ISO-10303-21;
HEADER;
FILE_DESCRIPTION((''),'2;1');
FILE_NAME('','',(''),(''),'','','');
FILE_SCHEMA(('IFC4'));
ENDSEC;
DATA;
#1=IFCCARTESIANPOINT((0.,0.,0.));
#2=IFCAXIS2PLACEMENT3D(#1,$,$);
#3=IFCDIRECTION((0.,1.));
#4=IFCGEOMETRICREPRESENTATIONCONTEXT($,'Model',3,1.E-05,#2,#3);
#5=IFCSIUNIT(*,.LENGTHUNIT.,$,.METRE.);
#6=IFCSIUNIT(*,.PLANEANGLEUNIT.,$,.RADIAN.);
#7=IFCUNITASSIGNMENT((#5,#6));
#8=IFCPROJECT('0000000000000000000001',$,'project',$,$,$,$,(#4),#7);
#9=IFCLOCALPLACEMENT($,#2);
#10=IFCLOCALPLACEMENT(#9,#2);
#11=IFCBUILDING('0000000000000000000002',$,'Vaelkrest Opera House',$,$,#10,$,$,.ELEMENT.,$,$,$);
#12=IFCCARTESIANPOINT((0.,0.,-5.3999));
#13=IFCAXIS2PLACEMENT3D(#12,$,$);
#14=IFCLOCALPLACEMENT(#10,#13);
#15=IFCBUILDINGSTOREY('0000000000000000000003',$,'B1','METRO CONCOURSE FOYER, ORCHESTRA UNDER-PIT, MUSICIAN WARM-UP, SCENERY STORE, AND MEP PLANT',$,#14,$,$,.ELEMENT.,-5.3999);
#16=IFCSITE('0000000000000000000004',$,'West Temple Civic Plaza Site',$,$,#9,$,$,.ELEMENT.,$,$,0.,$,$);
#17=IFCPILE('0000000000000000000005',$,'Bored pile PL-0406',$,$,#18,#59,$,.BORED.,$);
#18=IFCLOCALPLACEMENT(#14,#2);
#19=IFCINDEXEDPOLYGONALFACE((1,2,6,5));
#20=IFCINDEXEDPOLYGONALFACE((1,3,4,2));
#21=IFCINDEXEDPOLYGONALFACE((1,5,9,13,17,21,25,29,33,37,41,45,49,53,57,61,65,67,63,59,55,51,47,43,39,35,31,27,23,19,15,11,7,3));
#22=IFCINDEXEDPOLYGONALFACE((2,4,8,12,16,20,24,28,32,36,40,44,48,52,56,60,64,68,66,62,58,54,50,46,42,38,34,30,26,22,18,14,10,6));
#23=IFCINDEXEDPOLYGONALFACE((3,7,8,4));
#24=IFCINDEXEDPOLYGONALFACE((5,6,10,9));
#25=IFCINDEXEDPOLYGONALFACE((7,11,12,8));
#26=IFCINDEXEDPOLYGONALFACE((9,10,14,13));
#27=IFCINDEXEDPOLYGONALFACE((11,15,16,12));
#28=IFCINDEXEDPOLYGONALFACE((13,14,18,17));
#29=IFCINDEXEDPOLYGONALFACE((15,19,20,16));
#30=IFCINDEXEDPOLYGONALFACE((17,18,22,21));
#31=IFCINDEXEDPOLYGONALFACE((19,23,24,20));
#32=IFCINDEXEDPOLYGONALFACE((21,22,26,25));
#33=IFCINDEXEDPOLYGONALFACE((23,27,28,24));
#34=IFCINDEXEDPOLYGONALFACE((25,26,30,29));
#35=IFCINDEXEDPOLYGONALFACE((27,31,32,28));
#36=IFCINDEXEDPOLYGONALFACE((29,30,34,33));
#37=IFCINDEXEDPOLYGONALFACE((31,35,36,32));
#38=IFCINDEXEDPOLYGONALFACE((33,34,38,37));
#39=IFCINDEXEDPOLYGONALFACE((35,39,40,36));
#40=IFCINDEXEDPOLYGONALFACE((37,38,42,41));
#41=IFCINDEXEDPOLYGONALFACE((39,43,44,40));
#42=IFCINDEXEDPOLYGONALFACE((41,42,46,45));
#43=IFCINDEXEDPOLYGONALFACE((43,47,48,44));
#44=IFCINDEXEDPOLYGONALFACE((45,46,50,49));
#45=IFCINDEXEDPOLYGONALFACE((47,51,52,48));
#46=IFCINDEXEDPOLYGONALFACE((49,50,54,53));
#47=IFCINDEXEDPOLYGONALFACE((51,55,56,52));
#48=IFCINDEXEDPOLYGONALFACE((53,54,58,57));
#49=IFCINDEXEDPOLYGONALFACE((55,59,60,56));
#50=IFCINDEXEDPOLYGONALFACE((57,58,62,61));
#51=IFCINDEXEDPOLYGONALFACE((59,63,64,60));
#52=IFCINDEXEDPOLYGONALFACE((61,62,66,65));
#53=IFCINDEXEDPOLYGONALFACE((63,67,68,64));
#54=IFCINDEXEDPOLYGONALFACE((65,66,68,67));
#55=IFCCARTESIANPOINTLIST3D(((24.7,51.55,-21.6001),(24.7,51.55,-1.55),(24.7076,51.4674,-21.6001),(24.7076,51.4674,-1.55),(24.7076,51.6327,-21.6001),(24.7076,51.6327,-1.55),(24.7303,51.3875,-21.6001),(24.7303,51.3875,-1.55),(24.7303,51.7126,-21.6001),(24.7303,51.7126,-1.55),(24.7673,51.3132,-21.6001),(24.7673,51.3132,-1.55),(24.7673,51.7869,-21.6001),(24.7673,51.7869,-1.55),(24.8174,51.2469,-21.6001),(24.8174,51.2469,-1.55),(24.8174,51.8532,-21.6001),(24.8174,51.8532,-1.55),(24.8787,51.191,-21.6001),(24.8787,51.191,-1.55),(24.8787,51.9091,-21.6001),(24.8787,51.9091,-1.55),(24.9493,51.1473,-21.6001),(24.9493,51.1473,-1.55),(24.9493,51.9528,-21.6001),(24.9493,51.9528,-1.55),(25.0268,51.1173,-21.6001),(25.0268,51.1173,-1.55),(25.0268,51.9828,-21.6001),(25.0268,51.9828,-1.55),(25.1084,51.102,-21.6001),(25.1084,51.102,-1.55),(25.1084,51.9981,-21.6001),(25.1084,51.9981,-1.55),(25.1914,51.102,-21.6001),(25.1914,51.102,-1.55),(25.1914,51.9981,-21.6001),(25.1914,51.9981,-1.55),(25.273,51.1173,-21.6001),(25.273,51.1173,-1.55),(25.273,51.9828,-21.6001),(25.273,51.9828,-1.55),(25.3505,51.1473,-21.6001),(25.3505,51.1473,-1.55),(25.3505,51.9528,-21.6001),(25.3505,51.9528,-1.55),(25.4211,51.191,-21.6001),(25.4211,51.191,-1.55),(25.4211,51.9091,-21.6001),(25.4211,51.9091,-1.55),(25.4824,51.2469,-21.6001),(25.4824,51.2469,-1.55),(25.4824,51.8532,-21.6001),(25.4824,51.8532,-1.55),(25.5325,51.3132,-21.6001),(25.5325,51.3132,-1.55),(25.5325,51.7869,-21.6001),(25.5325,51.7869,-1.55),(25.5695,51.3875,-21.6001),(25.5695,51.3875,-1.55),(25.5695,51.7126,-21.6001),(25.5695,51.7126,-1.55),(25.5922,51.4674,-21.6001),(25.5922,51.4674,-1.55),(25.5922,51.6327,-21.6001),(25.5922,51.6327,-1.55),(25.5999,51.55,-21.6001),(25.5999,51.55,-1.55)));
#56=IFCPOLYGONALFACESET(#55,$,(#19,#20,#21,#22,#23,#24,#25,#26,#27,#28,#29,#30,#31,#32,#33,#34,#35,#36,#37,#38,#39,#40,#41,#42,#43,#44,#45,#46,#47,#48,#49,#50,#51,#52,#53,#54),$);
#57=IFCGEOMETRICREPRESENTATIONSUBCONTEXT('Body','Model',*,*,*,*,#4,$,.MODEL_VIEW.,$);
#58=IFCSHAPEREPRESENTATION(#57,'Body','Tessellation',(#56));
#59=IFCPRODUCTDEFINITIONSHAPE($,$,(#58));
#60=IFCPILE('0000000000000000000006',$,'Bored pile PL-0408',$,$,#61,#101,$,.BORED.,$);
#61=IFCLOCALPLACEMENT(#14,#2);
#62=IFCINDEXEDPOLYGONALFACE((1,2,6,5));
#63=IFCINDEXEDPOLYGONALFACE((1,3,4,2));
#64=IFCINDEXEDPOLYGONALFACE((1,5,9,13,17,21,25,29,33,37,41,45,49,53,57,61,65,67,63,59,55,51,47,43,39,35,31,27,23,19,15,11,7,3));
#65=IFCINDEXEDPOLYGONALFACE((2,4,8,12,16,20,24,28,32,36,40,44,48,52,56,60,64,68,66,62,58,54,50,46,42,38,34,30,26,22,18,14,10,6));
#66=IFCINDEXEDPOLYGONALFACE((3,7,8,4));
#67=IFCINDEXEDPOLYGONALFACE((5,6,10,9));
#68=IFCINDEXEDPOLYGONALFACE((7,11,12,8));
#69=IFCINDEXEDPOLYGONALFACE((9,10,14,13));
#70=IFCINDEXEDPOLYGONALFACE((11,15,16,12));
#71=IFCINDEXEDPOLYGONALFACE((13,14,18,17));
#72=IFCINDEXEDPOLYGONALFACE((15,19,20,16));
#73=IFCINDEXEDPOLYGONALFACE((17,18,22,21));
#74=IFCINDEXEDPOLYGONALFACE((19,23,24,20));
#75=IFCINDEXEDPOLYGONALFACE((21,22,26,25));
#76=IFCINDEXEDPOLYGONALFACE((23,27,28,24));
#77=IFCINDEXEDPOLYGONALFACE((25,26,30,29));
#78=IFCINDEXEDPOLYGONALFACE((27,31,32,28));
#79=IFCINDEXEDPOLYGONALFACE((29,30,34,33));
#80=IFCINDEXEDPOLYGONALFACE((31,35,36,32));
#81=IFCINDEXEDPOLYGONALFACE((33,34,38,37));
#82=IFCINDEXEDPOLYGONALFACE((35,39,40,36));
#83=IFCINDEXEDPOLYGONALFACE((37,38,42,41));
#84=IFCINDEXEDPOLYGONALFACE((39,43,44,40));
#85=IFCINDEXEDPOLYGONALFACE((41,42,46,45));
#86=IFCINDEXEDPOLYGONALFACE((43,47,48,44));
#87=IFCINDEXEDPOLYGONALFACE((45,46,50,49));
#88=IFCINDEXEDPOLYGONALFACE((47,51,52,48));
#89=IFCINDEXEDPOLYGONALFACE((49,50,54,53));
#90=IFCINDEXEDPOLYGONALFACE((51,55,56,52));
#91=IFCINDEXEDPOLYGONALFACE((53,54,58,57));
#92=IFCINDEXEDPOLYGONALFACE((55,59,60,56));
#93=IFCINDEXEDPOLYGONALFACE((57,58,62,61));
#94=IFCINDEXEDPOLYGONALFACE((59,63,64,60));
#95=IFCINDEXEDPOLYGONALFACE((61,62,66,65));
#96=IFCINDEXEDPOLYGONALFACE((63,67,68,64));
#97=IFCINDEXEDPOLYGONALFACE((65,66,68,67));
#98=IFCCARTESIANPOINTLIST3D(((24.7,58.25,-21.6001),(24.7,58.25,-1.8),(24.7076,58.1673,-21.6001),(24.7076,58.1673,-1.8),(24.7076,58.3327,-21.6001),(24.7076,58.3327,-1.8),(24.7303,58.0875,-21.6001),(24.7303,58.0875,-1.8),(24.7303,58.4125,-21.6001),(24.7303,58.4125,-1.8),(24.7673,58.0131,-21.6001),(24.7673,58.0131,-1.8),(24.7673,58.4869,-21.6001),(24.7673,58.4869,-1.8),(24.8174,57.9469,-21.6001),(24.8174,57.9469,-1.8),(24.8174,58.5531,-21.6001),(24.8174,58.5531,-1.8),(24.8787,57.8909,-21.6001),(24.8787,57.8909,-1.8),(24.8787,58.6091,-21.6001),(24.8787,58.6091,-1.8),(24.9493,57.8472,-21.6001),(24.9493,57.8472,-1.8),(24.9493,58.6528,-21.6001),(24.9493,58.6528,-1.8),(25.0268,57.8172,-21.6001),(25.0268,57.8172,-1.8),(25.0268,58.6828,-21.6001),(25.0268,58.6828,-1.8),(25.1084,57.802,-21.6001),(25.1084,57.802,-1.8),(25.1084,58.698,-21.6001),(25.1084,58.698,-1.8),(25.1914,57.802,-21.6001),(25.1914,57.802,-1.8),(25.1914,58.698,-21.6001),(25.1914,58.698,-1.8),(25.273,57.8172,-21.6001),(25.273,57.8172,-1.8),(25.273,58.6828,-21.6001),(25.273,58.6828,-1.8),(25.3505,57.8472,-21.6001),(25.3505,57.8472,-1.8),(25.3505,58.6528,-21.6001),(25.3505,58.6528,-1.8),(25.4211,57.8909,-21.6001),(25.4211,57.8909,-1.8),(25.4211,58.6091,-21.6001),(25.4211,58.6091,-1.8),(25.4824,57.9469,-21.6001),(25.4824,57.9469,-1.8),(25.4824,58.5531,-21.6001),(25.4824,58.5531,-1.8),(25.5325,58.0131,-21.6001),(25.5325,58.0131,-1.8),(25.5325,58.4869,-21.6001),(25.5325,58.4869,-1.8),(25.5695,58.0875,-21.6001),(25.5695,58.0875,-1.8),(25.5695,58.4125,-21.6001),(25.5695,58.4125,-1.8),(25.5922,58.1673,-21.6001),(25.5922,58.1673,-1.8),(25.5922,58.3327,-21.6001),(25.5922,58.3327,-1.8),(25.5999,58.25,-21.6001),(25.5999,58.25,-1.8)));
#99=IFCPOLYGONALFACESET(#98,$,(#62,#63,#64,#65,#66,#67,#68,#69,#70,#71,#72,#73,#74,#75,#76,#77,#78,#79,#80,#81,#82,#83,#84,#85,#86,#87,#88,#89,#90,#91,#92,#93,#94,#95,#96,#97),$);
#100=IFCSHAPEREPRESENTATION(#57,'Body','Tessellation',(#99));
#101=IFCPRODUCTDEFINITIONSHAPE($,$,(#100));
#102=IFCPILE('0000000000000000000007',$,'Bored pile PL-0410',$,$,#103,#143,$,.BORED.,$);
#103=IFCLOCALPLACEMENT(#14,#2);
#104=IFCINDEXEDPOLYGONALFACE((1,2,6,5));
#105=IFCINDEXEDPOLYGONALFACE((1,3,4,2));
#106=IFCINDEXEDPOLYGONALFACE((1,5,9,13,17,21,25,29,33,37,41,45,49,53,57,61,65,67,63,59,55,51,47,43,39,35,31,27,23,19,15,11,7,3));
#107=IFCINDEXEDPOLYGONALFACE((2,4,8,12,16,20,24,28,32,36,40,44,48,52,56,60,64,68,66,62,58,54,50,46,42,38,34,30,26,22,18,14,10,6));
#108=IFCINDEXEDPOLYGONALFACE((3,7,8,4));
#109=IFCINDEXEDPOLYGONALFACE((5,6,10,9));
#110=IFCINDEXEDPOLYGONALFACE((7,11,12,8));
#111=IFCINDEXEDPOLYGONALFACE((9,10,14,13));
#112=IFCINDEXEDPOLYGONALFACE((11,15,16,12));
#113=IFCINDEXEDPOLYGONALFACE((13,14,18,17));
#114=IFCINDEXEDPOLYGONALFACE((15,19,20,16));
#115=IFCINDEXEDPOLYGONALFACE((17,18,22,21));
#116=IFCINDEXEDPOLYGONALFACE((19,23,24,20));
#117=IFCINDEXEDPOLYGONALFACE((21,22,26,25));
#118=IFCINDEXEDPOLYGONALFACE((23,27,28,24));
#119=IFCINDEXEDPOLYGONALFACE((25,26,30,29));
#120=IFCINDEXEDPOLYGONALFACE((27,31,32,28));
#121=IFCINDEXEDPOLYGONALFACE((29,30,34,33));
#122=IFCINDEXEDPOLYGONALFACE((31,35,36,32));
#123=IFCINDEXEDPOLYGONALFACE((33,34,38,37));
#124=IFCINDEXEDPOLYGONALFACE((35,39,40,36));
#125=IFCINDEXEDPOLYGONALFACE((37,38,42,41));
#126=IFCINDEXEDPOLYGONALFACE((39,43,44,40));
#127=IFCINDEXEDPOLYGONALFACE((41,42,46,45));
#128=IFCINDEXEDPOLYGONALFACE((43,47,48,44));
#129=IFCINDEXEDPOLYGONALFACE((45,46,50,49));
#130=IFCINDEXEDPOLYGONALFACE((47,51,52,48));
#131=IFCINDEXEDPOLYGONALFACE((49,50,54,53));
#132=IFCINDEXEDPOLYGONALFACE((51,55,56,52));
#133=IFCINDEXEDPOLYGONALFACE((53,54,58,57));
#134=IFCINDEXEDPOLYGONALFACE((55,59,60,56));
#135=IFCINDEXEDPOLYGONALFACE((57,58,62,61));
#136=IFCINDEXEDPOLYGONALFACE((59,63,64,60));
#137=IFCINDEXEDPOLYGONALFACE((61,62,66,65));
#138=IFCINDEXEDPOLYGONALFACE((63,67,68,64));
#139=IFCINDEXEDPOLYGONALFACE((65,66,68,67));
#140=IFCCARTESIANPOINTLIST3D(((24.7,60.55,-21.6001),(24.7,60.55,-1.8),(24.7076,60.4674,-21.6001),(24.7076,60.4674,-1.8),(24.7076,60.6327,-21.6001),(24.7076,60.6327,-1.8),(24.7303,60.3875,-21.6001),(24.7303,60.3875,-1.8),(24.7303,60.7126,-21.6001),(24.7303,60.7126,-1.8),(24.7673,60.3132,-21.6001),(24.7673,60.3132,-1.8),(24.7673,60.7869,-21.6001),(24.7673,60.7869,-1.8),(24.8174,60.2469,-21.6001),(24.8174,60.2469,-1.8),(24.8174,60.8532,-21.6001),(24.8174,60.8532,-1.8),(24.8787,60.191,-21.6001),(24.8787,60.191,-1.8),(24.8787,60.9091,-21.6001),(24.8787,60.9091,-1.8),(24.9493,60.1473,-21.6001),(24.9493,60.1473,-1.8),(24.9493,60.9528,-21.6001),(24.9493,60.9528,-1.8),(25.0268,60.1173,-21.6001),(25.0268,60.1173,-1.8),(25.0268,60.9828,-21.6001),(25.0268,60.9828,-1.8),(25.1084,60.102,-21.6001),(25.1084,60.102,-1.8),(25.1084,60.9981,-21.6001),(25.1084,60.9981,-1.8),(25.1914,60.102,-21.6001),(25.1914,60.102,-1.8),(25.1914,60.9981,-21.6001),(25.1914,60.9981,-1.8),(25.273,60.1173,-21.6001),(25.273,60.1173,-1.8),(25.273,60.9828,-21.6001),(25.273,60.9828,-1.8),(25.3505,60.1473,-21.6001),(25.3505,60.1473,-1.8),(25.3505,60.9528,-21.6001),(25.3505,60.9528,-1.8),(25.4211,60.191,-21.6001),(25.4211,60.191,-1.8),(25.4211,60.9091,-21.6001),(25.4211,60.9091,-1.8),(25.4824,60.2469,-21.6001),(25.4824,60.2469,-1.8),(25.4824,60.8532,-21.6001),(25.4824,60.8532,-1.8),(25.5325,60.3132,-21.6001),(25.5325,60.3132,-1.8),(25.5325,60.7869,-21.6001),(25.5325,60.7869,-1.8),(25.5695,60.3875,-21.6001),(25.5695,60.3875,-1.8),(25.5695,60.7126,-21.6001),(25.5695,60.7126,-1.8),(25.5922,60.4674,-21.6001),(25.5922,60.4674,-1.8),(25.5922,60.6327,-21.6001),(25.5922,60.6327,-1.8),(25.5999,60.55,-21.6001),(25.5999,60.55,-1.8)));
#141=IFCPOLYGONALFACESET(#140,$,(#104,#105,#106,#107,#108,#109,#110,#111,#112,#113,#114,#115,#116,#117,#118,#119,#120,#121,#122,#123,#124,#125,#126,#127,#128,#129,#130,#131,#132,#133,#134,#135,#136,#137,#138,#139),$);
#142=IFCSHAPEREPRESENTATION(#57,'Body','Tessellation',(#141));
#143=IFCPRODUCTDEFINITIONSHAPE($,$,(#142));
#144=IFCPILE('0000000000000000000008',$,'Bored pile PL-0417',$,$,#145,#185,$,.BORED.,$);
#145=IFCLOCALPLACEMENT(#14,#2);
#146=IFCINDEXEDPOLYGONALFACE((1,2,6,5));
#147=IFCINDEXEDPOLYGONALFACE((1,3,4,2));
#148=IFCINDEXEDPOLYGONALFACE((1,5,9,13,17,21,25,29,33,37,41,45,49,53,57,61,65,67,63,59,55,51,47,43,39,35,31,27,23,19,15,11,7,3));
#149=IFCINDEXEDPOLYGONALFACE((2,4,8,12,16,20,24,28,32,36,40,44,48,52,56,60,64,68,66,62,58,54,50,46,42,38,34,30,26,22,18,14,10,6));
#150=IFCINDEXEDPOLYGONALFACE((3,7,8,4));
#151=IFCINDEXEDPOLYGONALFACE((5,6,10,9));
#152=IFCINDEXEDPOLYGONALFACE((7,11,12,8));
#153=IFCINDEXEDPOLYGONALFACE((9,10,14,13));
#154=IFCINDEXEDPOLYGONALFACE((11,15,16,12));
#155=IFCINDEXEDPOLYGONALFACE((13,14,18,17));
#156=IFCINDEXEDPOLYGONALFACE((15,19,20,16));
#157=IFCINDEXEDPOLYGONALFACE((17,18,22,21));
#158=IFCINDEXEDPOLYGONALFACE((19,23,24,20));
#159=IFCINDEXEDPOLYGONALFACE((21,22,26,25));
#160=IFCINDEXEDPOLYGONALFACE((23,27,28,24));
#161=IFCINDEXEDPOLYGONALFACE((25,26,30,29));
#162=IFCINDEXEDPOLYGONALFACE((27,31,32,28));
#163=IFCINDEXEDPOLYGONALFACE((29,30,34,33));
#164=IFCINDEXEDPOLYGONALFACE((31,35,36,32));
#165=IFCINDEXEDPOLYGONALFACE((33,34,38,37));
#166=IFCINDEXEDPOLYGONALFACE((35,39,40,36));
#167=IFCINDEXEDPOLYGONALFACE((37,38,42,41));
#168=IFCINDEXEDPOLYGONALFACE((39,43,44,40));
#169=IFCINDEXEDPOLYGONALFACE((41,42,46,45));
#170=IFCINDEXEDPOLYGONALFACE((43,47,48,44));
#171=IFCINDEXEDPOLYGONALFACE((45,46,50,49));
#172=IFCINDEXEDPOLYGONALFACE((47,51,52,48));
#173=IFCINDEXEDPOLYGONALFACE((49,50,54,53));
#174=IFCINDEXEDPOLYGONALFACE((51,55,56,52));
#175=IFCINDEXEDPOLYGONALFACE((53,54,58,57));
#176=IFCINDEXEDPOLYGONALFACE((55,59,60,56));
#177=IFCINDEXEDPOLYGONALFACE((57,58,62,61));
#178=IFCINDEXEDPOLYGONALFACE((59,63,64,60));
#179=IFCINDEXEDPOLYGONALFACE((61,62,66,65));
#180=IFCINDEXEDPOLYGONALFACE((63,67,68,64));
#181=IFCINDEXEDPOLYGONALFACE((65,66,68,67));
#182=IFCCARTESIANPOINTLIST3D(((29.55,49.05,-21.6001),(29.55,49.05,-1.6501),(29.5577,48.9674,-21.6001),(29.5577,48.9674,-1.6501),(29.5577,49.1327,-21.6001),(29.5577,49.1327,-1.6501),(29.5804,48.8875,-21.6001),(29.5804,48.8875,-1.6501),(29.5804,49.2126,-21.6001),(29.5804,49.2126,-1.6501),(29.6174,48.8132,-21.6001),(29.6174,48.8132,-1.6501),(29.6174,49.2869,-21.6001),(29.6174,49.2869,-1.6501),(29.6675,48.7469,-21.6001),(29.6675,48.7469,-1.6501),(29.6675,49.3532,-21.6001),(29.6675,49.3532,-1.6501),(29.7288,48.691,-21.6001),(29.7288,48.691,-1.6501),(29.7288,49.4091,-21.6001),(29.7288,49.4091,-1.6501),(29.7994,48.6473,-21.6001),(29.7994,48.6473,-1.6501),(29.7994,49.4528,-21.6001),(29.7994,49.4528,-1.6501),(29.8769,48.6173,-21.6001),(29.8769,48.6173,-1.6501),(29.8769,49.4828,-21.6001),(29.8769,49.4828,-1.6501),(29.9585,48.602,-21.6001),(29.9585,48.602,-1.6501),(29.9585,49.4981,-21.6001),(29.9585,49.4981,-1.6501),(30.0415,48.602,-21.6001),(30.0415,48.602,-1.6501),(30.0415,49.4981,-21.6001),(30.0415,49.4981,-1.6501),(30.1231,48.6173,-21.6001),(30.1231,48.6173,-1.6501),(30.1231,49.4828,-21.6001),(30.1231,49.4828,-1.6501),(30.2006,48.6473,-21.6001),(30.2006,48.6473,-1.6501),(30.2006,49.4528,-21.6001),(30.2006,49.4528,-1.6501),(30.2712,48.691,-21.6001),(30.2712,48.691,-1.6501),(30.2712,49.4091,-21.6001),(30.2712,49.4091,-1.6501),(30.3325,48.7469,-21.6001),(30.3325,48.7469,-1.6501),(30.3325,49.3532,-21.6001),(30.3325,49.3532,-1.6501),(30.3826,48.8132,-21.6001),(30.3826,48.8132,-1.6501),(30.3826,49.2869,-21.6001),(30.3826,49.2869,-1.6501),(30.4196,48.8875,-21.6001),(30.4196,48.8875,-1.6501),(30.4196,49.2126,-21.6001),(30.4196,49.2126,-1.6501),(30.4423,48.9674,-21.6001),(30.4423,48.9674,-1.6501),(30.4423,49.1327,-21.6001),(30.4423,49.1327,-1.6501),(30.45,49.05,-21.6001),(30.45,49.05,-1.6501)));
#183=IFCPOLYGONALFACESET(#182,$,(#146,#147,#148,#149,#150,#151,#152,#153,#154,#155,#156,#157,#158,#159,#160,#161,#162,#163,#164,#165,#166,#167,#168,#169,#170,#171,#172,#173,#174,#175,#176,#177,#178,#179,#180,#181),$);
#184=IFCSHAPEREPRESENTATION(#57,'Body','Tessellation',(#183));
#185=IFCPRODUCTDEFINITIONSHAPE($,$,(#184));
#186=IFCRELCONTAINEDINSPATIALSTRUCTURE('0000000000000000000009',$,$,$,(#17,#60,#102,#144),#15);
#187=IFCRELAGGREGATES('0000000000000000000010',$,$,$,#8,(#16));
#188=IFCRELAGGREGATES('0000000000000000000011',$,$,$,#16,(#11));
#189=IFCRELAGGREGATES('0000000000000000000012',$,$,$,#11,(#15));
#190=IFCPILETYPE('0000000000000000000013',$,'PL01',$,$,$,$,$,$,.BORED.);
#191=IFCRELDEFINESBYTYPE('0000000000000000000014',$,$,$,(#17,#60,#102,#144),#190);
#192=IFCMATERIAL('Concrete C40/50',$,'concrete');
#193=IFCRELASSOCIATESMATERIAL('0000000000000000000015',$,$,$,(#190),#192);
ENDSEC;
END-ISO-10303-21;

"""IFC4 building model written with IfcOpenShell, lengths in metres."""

from ifc_helpers import new_model, si_unit, direction, frame, origin, origin_2d, place, context, subcontext, project, spatial, circle, extrude, material, material_profile, profile_set, type_object, element, save


model = new_model("IFC4")

# Units and contexts
model_context = context("Model", 3, precision=1e-05, world=origin(), true_north=direction((0.0, 1.0)))
body_context = subcontext(model_context, "Body", "Model", "MODEL_VIEW")
ifc_project = project(units=[si_unit("LENGTHUNIT", "METRE"), si_unit("PLANEANGLEUNIT", "RADIAN")], contexts=[model_context])

# Site, building, storey
site_placement = place(None, origin())
site = spatial("IfcSite", under=ifc_project, at=site_placement, Name="West Temple Civic Plaza Site", CompositionType="ELEMENT", RefElevation=0.0)
building_placement = place(site_placement, origin())
building = spatial("IfcBuilding", under=site, at=building_placement, Name="Vaelkrest Opera House", CompositionType="ELEMENT")
storey_placement = place(building_placement, frame((0.0, 0.0, -5.3999)))
storey = spatial("IfcBuildingStorey", under=building, at=storey_placement, Name="B1", Description="METRO CONCOURSE FOYER, ORCHESTRA UNDER-PIT, MUSICIAN WARM-UP, SCENERY STORE, AND MEP PLANT", CompositionType="ELEMENT", Elevation=-5.3999)

# Shared definitions
ifc_material_1 = material(Name="Concrete C40/50", Category="concrete")

# Piles
ifc_material_profile_1 = material_profile(ifc_material_1, circle(Radius=0.45, at=origin_2d()), Name="PILE900")
ifc_profile_set_1 = profile_set([ifc_material_profile_1], Name="Concrete C40/50")
pile_type = type_object("IfcPileType", Name="PL01", PredefinedType="BORED", material=ifc_profile_set_1)
for number, where, z_axis, x_axis, name in (
    (1, (25.1499, 51.55, -1.55), (0.0, 0.0, -1.0), (1.0, 0.0, 0.0), "Bored pile PL-0406"),
):
    element("IfcPile", number, at=place(storey_placement, frame(where, z_axis=z_axis, x_axis=x_axis)), inside=storey, type_object=pile_type, Name=name, PredefinedType="BORED", context=body_context, shape_type="SweptSolid", body=[
        extrude(circle(Radius=0.45, at=origin_2d()), origin(), (0.0, 0.0, 1.0), 20.05),
    ])
for number, where, z_axis, x_axis, name in (
    (2, (25.1499, 58.25, -1.8), (0.0, 0.0, -1.0), (1.0, 0.0, 0.0), "Bored pile PL-0408"),
    (3, (25.1499, 60.55, -1.8), (0.0, 0.0, -1.0), (1.0, 0.0, 0.0), "Bored pile PL-0410"),
):
    element("IfcPile", number, at=place(storey_placement, frame(where, z_axis=z_axis, x_axis=x_axis)), inside=storey, type_object=pile_type, Name=name, PredefinedType="BORED", context=body_context, shape_type="SweptSolid", body=[
        extrude(circle(Radius=0.45, at=origin_2d()), origin(), (0.0, 0.0, 1.0), 19.8),
    ])
for number, where, z_axis, x_axis, name in (
    (4, (30.0, 49.05, -1.6501), (0.0, 0.0, -1.0), (1.0, 0.0, 0.0), "Bored pile PL-0417"),
):
    element("IfcPile", number, at=place(storey_placement, frame(where, z_axis=z_axis, x_axis=x_axis)), inside=storey, type_object=pile_type, Name=name, PredefinedType="BORED", context=body_context, shape_type="SweptSolid", body=[
        extrude(circle(Radius=0.45, at=origin_2d()), origin(), (0.0, 0.0, 1.0), 19.95),
    ])

save(model, "model.ifc")
